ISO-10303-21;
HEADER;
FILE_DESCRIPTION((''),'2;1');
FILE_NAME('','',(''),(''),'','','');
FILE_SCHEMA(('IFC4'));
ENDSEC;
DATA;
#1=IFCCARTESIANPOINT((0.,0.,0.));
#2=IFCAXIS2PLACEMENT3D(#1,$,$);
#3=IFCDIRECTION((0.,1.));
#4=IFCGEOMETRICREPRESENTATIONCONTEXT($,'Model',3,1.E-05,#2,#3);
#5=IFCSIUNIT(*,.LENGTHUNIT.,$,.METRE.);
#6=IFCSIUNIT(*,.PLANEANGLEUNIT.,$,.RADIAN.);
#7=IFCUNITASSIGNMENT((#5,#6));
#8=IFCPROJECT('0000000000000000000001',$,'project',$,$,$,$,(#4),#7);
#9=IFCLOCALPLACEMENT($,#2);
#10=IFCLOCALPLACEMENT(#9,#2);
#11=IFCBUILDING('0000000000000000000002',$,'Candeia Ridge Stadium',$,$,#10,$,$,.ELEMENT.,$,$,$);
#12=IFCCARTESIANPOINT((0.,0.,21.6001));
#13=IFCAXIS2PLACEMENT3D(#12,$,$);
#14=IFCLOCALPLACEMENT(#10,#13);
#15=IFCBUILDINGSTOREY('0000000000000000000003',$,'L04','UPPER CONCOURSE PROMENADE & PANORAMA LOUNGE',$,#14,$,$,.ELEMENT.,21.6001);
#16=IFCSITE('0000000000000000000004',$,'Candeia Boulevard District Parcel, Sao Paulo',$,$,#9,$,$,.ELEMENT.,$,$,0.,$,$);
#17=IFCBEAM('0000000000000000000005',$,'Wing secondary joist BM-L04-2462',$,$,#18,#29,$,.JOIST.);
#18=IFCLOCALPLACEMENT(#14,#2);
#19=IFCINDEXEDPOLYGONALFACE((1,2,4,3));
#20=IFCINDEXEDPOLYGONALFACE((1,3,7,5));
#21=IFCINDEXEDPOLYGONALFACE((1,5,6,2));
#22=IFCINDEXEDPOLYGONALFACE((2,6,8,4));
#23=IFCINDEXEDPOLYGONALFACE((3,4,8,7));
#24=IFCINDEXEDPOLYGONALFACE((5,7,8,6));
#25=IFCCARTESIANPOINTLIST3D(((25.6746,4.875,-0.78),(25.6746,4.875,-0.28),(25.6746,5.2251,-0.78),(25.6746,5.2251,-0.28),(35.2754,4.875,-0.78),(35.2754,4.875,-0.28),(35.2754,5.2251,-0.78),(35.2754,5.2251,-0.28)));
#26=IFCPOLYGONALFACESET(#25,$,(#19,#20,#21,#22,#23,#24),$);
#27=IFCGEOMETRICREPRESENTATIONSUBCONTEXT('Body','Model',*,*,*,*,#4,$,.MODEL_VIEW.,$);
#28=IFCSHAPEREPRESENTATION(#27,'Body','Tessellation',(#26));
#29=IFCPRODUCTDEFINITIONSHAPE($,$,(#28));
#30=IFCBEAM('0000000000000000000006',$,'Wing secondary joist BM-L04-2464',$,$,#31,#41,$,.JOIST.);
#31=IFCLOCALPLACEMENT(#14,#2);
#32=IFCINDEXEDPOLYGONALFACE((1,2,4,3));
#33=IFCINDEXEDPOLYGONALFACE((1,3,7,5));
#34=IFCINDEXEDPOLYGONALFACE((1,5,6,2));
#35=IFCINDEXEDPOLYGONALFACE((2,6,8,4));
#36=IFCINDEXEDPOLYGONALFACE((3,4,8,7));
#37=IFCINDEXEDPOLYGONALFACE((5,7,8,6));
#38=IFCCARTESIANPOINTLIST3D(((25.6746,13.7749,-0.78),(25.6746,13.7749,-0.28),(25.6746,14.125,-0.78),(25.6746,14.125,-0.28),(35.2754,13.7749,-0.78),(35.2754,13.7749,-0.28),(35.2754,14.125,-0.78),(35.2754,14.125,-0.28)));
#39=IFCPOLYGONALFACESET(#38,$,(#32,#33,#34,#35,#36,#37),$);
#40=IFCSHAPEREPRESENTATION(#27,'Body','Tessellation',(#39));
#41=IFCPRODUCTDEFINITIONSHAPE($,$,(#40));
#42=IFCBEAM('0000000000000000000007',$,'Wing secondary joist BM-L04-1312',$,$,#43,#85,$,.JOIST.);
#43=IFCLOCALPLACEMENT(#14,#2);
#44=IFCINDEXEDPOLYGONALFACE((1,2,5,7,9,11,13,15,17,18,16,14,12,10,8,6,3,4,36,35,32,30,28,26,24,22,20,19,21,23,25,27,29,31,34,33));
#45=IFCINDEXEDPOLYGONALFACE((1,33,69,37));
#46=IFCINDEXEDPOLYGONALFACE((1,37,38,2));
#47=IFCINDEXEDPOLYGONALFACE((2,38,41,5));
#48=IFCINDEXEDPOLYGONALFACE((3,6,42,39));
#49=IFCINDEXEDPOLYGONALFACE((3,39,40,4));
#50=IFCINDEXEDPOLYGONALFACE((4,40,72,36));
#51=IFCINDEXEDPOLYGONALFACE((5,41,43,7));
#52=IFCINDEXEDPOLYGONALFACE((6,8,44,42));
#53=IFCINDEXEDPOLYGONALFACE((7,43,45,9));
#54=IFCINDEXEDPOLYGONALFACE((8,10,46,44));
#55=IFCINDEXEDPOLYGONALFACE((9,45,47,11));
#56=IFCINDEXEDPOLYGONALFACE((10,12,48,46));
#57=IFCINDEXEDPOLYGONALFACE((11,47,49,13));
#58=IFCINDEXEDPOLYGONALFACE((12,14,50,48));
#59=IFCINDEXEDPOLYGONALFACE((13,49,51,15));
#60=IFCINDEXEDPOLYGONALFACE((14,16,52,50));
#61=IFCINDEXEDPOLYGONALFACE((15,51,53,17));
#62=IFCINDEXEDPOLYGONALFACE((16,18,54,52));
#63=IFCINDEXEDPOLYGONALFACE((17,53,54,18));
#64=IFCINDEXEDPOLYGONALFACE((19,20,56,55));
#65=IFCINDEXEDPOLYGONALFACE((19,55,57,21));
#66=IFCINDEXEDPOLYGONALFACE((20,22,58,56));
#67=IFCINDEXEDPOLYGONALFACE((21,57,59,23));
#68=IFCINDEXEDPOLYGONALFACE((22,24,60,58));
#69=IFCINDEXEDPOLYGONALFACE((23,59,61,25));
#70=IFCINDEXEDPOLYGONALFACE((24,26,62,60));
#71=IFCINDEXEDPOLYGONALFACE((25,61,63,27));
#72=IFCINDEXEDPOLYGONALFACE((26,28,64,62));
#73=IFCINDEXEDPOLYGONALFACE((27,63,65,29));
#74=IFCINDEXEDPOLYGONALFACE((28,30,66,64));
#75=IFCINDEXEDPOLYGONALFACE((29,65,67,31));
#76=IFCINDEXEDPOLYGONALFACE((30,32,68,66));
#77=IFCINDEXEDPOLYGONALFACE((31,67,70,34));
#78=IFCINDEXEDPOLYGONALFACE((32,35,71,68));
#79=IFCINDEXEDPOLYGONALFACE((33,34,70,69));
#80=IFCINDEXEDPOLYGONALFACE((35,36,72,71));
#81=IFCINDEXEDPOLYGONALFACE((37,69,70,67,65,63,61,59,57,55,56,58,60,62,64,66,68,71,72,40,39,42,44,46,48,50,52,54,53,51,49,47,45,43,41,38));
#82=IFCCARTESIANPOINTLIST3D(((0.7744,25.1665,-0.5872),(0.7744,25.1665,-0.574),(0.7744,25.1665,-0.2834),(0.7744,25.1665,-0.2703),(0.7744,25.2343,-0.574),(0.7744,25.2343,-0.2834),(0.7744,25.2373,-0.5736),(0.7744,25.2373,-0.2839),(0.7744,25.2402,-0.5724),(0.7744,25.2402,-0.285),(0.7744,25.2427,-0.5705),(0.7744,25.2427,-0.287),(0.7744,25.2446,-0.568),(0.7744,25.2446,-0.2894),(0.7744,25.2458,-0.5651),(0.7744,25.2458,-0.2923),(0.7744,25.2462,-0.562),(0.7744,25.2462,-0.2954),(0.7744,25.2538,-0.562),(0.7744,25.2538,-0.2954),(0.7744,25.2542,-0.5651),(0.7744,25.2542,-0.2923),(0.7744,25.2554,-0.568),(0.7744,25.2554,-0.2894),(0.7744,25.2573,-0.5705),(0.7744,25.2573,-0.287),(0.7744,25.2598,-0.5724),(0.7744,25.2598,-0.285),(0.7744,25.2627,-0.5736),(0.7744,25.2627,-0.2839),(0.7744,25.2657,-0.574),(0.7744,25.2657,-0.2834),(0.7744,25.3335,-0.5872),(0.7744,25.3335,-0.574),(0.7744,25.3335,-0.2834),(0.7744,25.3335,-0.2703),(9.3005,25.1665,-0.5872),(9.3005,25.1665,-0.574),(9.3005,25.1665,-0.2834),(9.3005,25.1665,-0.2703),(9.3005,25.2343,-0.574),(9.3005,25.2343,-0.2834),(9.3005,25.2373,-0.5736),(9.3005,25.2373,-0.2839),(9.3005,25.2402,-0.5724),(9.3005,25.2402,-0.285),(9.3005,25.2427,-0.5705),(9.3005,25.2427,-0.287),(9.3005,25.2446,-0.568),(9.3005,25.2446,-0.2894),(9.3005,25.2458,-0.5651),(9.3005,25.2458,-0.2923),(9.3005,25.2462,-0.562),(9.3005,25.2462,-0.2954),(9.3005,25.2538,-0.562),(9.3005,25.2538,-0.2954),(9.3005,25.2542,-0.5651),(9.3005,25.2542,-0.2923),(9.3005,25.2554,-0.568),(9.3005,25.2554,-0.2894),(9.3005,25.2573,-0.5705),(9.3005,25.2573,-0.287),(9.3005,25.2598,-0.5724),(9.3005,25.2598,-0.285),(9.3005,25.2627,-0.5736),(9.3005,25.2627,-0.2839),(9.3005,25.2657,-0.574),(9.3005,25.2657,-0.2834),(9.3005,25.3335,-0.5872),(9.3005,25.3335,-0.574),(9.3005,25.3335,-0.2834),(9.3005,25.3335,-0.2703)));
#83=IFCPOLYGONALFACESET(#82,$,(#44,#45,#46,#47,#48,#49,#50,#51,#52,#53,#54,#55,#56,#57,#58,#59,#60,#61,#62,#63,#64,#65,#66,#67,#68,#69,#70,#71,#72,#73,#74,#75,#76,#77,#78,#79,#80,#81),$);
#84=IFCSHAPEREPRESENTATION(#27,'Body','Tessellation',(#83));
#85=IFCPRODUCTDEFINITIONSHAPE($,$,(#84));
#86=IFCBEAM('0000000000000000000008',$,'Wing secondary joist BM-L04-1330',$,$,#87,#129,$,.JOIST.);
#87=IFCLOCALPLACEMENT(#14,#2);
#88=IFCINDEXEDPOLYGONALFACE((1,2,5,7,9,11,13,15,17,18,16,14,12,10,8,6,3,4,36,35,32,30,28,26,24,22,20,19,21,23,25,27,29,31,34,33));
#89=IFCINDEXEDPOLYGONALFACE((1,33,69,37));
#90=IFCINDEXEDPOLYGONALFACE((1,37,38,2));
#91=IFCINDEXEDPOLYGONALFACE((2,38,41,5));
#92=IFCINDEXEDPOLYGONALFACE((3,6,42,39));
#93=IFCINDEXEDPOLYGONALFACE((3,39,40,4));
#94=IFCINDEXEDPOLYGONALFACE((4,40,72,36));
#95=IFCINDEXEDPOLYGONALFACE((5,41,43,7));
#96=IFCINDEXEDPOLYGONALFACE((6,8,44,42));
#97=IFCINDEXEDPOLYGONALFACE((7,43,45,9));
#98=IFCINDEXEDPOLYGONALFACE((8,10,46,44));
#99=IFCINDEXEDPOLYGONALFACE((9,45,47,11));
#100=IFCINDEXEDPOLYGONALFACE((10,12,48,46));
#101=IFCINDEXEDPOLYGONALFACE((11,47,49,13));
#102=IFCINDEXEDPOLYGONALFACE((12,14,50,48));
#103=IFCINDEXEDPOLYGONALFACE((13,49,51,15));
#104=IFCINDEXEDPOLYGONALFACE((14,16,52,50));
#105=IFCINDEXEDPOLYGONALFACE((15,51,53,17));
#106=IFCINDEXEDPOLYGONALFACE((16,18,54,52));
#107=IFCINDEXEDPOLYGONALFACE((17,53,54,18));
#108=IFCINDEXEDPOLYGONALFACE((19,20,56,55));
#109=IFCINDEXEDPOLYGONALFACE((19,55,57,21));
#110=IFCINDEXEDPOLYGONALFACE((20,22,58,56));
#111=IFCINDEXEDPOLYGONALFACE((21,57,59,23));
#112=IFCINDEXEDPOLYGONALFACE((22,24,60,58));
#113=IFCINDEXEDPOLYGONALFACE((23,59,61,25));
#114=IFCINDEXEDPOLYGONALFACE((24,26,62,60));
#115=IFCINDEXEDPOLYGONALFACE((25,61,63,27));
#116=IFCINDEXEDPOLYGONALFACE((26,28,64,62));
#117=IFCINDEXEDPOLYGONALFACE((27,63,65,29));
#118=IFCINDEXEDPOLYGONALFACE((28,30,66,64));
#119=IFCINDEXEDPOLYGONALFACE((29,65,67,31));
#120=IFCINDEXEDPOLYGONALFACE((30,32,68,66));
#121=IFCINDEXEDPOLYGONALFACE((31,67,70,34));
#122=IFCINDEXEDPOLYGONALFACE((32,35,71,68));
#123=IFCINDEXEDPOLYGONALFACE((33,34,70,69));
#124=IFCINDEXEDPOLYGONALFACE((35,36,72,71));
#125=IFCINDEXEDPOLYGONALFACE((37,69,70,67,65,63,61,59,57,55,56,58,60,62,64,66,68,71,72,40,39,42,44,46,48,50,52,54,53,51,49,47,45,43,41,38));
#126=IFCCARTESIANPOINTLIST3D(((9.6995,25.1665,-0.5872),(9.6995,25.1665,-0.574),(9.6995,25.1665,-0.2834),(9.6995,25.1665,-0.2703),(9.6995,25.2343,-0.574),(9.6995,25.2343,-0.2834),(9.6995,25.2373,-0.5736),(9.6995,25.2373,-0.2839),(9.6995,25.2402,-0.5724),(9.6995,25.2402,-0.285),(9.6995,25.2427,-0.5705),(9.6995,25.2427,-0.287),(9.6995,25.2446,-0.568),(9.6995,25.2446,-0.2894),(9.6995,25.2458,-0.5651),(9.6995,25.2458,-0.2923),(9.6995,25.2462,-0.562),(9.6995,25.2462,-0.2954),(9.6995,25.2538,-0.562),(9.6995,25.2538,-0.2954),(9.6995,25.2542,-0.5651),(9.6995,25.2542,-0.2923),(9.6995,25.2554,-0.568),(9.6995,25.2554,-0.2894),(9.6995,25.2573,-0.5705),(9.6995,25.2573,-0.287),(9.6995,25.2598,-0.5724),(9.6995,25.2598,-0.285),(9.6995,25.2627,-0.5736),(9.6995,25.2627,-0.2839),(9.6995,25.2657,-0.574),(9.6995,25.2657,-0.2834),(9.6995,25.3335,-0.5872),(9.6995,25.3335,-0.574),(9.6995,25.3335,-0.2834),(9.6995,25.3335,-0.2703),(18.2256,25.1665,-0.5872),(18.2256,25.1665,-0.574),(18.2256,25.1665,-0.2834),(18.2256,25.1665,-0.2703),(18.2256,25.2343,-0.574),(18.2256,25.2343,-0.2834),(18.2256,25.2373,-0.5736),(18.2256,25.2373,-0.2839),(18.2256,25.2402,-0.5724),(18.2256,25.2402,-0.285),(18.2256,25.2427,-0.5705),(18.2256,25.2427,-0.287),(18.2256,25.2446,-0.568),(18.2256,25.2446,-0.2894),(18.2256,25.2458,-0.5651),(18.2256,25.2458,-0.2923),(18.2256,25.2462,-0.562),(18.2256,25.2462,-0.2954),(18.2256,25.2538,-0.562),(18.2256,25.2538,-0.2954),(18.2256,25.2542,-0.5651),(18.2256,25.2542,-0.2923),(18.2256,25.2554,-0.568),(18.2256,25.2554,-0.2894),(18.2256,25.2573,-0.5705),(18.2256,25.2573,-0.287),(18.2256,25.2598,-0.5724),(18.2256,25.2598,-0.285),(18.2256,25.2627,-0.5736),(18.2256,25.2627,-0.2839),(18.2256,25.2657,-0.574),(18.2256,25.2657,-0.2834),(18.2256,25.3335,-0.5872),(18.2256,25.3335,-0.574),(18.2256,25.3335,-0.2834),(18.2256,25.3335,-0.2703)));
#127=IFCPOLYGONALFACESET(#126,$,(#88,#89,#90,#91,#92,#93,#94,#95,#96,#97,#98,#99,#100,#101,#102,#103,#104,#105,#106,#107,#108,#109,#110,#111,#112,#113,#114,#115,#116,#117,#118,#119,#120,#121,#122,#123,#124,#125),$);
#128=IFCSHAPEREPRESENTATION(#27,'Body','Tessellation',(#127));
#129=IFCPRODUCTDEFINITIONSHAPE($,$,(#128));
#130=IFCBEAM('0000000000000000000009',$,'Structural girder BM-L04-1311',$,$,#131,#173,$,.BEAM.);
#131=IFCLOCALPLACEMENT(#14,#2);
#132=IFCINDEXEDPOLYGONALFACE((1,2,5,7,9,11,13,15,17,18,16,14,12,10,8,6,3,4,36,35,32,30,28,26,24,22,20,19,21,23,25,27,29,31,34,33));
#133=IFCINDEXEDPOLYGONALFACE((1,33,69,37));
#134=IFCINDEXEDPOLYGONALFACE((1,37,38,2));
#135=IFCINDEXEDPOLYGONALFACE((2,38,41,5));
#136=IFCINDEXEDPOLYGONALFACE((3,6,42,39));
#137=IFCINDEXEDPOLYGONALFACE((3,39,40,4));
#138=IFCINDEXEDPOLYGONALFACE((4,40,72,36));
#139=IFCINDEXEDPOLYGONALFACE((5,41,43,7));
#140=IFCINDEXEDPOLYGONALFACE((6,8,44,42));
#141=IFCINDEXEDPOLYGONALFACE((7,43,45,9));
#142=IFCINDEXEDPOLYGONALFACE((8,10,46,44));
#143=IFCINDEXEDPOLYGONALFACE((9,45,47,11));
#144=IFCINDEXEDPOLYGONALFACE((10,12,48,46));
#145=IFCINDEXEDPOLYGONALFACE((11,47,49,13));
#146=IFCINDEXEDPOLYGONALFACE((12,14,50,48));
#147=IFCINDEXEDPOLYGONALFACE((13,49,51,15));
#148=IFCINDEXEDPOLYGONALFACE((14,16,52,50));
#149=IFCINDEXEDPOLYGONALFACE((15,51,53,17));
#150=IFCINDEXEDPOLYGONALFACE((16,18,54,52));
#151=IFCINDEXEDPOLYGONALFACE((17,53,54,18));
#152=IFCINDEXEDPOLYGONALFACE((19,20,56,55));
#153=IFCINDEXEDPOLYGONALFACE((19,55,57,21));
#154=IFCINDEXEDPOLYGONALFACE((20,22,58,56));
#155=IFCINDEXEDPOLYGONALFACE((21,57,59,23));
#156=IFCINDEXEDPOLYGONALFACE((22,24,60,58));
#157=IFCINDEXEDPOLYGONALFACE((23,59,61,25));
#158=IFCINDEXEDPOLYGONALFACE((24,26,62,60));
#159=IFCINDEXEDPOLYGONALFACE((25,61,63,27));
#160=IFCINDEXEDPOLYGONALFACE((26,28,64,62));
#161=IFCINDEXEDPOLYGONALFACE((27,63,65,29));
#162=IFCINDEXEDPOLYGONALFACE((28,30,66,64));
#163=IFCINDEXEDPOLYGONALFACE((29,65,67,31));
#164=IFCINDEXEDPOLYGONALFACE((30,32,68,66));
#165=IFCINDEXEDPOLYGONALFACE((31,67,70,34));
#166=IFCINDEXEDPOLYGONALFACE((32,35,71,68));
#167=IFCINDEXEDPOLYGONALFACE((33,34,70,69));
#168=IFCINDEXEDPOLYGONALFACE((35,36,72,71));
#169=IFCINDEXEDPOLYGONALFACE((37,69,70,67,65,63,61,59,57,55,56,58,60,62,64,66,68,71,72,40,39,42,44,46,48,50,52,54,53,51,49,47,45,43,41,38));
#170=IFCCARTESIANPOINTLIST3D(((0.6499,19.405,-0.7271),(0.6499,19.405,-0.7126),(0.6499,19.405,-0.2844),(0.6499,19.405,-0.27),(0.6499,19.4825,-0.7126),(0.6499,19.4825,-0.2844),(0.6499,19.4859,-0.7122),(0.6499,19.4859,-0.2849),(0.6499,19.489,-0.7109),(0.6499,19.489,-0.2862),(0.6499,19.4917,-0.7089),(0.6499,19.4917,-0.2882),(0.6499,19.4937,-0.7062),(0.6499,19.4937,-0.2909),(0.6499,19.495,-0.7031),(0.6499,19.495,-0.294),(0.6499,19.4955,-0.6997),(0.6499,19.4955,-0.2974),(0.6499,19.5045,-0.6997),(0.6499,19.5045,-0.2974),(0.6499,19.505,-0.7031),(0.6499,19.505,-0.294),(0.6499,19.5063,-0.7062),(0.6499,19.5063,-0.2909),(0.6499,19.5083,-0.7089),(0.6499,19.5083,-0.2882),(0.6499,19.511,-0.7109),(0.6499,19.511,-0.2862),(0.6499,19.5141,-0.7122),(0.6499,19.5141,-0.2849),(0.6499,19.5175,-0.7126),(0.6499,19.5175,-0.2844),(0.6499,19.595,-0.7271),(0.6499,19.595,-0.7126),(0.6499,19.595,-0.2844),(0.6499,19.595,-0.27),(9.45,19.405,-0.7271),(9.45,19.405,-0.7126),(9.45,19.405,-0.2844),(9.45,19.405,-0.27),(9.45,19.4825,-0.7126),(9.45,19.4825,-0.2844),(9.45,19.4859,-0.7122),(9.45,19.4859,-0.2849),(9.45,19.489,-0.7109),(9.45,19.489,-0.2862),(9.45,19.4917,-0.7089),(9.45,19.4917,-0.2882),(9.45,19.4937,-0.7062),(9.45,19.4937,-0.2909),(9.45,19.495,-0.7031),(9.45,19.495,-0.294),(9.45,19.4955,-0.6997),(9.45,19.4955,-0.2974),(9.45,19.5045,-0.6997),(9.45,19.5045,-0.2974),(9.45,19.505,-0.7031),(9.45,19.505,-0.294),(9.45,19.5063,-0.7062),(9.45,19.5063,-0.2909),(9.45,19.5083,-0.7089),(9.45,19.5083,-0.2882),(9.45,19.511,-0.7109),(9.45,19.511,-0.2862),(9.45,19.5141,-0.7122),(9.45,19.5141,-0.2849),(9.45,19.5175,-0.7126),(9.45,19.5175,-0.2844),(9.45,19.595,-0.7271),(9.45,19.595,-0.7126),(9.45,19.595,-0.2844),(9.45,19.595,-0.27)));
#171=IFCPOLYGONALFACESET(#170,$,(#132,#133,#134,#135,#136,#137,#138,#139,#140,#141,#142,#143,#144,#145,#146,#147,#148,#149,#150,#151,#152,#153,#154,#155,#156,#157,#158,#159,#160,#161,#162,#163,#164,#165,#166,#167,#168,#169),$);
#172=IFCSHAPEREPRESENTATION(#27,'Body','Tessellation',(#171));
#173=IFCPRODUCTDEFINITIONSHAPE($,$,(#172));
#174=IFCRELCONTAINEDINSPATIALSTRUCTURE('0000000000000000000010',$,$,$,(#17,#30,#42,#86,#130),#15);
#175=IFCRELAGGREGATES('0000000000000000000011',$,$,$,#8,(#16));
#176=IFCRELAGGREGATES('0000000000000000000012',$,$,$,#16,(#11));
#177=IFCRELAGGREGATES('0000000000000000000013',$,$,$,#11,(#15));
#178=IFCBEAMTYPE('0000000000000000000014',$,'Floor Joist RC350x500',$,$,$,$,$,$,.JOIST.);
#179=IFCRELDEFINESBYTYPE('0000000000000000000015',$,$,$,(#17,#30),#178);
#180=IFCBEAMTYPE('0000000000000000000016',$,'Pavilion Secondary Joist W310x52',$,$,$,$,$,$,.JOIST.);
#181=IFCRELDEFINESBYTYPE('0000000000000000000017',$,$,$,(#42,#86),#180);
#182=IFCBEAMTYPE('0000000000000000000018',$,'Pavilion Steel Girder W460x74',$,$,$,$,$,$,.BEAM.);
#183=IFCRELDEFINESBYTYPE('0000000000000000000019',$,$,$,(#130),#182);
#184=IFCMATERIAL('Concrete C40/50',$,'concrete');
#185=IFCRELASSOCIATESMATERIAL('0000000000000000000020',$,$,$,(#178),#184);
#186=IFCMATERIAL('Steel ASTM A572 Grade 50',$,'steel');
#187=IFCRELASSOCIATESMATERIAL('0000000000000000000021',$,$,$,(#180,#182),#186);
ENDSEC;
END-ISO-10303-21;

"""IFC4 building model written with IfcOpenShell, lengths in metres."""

from ifc_helpers import new_model, si_unit, direction, frame, origin, origin_2d, place, context, subcontext, project, spatial, rectangle, i_section, extrude, material, material_profile, profile_set, type_object, element, save


model = new_model("IFC4")

# Units and contexts
model_context = context("Model", 3, precision=1e-05, world=origin(), true_north=direction((0.0, 1.0)))
body_context = subcontext(model_context, "Body", "Model", "MODEL_VIEW")
ifc_project = project(units=[si_unit("LENGTHUNIT", "METRE"), si_unit("PLANEANGLEUNIT", "RADIAN")], contexts=[model_context])

# Site, building, storey
site_placement = place(None, origin())
site = spatial("IfcSite", under=ifc_project, at=site_placement, Name="Candeia Boulevard District Parcel, Sao Paulo", CompositionType="ELEMENT", RefElevation=0.0)
building_placement = place(site_placement, origin())
building = spatial("IfcBuilding", under=site, at=building_placement, Name="Candeia Ridge Stadium", CompositionType="ELEMENT")
storey_placement = place(building_placement, frame((0.0, 0.0, 21.6001)))
storey = spatial("IfcBuildingStorey", under=building, at=storey_placement, Name="L04", Description="UPPER CONCOURSE PROMENADE & PANORAMA LOUNGE", CompositionType="ELEMENT", Elevation=21.6001)

# Beams
ifc_material_1 = material(Name="Concrete C40/50", Category="concrete")
ifc_material_profile_1 = material_profile(ifc_material_1, rectangle(XDim=0.3501, YDim=0.5, at=origin_2d()), Name="RC350x500", Category="concrete")
ifc_profile_set_1 = profile_set([ifc_material_profile_1], Name="Concrete C40/50")
beam_type_1 = type_object("IfcBeamType", Name="Floor Joist RC350x500", PredefinedType="JOIST", material=ifc_profile_set_1)
for number, where, z_axis, x_axis, name in (
    (1, (25.6746, 5.05, -0.53), (1.0, 0.0, 0.0), (0.0, 1.0, 0.0), "Wing secondary joist BM-L04-2462"),
    (2, (25.6746, 13.95, -0.53), (1.0, 0.0, 0.0), (0.0, 1.0, 0.0), "Wing secondary joist BM-L04-2464"),
):
    element("IfcBeam", number, at=place(storey_placement, frame(where, z_axis=z_axis, x_axis=x_axis)), inside=storey, type_object=beam_type_1, Name=name, PredefinedType="JOIST", context=body_context, shape_type="SweptSolid", body=[
        extrude(rectangle(XDim=0.3501, YDim=0.5, at=origin_2d()), origin(), (0.0, 0.0, 1.0), 9.6008),
    ])
ifc_material_2 = material(Name="Steel ASTM A572 Grade 50", Category="steel")
ifc_material_profile_2 = material_profile(ifc_material_2, i_section(OverallWidth=0.167, OverallDepth=0.3169, WebThickness=0.0076, FlangeThickness=0.0132, FilletRadius=0.012, at=origin_2d()), Name="W310x52", Category="steel")
ifc_profile_set_2 = profile_set([ifc_material_profile_2], Name="Steel ASTM A572 Grade 50")
beam_type_2 = type_object("IfcBeamType", Name="Pavilion Secondary Joist W310x52", PredefinedType="JOIST", material=ifc_profile_set_2)
for number, where, z_axis, x_axis, name in (
    (3, (0.7744, 25.25, -0.4287), (1.0, 0.0, 0.0), (0.0, 1.0, 0.0), "Wing secondary joist BM-L04-1312"),
    (4, (9.6995, 25.25, -0.4287), (1.0, 0.0, 0.0), (0.0, 1.0, 0.0), "Wing secondary joist BM-L04-1330"),
):
    element("IfcBeam", number, at=place(storey_placement, frame(where, z_axis=z_axis, x_axis=x_axis)), inside=storey, type_object=beam_type_2, Name=name, PredefinedType="JOIST", context=body_context, shape_type="SweptSolid", body=[
        extrude(i_section(OverallWidth=0.167, OverallDepth=0.3169, WebThickness=0.0076, FlangeThickness=0.0132, FilletRadius=0.012, at=origin_2d()), origin(), (0.0, 0.0, 1.0), 8.5261),
    ])
ifc_material_profile_3 = material_profile(ifc_material_2, i_section(OverallWidth=0.1899, OverallDepth=0.457, WebThickness=0.009, FlangeThickness=0.0144, FilletRadius=0.0129, at=origin_2d()), Name="W460x74", Category="steel")
ifc_profile_set_3 = profile_set([ifc_material_profile_3], Name="Steel ASTM A572 Grade 50")
beam_type_3 = type_object("IfcBeamType", Name="Pavilion Steel Girder W460x74", PredefinedType="BEAM", material=ifc_profile_set_3)
for number, where, z_axis, x_axis, name in (
    (5, (0.6499, 19.5, -0.4985), (1.0, 0.0, 0.0), (0.0, 1.0, 0.0), "Structural girder BM-L04-1311"),
):
    element("IfcBeam", number, at=place(storey_placement, frame(where, z_axis=z_axis, x_axis=x_axis)), inside=storey, type_object=beam_type_3, Name=name, PredefinedType="BEAM", context=body_context, shape_type="SweptSolid", body=[
        extrude(i_section(OverallWidth=0.1899, OverallDepth=0.457, WebThickness=0.009, FlangeThickness=0.0144, FilletRadius=0.0129, at=origin_2d()), origin(), (0.0, 0.0, 1.0), 8.8),
    ])

save(model, "model.ifc")
